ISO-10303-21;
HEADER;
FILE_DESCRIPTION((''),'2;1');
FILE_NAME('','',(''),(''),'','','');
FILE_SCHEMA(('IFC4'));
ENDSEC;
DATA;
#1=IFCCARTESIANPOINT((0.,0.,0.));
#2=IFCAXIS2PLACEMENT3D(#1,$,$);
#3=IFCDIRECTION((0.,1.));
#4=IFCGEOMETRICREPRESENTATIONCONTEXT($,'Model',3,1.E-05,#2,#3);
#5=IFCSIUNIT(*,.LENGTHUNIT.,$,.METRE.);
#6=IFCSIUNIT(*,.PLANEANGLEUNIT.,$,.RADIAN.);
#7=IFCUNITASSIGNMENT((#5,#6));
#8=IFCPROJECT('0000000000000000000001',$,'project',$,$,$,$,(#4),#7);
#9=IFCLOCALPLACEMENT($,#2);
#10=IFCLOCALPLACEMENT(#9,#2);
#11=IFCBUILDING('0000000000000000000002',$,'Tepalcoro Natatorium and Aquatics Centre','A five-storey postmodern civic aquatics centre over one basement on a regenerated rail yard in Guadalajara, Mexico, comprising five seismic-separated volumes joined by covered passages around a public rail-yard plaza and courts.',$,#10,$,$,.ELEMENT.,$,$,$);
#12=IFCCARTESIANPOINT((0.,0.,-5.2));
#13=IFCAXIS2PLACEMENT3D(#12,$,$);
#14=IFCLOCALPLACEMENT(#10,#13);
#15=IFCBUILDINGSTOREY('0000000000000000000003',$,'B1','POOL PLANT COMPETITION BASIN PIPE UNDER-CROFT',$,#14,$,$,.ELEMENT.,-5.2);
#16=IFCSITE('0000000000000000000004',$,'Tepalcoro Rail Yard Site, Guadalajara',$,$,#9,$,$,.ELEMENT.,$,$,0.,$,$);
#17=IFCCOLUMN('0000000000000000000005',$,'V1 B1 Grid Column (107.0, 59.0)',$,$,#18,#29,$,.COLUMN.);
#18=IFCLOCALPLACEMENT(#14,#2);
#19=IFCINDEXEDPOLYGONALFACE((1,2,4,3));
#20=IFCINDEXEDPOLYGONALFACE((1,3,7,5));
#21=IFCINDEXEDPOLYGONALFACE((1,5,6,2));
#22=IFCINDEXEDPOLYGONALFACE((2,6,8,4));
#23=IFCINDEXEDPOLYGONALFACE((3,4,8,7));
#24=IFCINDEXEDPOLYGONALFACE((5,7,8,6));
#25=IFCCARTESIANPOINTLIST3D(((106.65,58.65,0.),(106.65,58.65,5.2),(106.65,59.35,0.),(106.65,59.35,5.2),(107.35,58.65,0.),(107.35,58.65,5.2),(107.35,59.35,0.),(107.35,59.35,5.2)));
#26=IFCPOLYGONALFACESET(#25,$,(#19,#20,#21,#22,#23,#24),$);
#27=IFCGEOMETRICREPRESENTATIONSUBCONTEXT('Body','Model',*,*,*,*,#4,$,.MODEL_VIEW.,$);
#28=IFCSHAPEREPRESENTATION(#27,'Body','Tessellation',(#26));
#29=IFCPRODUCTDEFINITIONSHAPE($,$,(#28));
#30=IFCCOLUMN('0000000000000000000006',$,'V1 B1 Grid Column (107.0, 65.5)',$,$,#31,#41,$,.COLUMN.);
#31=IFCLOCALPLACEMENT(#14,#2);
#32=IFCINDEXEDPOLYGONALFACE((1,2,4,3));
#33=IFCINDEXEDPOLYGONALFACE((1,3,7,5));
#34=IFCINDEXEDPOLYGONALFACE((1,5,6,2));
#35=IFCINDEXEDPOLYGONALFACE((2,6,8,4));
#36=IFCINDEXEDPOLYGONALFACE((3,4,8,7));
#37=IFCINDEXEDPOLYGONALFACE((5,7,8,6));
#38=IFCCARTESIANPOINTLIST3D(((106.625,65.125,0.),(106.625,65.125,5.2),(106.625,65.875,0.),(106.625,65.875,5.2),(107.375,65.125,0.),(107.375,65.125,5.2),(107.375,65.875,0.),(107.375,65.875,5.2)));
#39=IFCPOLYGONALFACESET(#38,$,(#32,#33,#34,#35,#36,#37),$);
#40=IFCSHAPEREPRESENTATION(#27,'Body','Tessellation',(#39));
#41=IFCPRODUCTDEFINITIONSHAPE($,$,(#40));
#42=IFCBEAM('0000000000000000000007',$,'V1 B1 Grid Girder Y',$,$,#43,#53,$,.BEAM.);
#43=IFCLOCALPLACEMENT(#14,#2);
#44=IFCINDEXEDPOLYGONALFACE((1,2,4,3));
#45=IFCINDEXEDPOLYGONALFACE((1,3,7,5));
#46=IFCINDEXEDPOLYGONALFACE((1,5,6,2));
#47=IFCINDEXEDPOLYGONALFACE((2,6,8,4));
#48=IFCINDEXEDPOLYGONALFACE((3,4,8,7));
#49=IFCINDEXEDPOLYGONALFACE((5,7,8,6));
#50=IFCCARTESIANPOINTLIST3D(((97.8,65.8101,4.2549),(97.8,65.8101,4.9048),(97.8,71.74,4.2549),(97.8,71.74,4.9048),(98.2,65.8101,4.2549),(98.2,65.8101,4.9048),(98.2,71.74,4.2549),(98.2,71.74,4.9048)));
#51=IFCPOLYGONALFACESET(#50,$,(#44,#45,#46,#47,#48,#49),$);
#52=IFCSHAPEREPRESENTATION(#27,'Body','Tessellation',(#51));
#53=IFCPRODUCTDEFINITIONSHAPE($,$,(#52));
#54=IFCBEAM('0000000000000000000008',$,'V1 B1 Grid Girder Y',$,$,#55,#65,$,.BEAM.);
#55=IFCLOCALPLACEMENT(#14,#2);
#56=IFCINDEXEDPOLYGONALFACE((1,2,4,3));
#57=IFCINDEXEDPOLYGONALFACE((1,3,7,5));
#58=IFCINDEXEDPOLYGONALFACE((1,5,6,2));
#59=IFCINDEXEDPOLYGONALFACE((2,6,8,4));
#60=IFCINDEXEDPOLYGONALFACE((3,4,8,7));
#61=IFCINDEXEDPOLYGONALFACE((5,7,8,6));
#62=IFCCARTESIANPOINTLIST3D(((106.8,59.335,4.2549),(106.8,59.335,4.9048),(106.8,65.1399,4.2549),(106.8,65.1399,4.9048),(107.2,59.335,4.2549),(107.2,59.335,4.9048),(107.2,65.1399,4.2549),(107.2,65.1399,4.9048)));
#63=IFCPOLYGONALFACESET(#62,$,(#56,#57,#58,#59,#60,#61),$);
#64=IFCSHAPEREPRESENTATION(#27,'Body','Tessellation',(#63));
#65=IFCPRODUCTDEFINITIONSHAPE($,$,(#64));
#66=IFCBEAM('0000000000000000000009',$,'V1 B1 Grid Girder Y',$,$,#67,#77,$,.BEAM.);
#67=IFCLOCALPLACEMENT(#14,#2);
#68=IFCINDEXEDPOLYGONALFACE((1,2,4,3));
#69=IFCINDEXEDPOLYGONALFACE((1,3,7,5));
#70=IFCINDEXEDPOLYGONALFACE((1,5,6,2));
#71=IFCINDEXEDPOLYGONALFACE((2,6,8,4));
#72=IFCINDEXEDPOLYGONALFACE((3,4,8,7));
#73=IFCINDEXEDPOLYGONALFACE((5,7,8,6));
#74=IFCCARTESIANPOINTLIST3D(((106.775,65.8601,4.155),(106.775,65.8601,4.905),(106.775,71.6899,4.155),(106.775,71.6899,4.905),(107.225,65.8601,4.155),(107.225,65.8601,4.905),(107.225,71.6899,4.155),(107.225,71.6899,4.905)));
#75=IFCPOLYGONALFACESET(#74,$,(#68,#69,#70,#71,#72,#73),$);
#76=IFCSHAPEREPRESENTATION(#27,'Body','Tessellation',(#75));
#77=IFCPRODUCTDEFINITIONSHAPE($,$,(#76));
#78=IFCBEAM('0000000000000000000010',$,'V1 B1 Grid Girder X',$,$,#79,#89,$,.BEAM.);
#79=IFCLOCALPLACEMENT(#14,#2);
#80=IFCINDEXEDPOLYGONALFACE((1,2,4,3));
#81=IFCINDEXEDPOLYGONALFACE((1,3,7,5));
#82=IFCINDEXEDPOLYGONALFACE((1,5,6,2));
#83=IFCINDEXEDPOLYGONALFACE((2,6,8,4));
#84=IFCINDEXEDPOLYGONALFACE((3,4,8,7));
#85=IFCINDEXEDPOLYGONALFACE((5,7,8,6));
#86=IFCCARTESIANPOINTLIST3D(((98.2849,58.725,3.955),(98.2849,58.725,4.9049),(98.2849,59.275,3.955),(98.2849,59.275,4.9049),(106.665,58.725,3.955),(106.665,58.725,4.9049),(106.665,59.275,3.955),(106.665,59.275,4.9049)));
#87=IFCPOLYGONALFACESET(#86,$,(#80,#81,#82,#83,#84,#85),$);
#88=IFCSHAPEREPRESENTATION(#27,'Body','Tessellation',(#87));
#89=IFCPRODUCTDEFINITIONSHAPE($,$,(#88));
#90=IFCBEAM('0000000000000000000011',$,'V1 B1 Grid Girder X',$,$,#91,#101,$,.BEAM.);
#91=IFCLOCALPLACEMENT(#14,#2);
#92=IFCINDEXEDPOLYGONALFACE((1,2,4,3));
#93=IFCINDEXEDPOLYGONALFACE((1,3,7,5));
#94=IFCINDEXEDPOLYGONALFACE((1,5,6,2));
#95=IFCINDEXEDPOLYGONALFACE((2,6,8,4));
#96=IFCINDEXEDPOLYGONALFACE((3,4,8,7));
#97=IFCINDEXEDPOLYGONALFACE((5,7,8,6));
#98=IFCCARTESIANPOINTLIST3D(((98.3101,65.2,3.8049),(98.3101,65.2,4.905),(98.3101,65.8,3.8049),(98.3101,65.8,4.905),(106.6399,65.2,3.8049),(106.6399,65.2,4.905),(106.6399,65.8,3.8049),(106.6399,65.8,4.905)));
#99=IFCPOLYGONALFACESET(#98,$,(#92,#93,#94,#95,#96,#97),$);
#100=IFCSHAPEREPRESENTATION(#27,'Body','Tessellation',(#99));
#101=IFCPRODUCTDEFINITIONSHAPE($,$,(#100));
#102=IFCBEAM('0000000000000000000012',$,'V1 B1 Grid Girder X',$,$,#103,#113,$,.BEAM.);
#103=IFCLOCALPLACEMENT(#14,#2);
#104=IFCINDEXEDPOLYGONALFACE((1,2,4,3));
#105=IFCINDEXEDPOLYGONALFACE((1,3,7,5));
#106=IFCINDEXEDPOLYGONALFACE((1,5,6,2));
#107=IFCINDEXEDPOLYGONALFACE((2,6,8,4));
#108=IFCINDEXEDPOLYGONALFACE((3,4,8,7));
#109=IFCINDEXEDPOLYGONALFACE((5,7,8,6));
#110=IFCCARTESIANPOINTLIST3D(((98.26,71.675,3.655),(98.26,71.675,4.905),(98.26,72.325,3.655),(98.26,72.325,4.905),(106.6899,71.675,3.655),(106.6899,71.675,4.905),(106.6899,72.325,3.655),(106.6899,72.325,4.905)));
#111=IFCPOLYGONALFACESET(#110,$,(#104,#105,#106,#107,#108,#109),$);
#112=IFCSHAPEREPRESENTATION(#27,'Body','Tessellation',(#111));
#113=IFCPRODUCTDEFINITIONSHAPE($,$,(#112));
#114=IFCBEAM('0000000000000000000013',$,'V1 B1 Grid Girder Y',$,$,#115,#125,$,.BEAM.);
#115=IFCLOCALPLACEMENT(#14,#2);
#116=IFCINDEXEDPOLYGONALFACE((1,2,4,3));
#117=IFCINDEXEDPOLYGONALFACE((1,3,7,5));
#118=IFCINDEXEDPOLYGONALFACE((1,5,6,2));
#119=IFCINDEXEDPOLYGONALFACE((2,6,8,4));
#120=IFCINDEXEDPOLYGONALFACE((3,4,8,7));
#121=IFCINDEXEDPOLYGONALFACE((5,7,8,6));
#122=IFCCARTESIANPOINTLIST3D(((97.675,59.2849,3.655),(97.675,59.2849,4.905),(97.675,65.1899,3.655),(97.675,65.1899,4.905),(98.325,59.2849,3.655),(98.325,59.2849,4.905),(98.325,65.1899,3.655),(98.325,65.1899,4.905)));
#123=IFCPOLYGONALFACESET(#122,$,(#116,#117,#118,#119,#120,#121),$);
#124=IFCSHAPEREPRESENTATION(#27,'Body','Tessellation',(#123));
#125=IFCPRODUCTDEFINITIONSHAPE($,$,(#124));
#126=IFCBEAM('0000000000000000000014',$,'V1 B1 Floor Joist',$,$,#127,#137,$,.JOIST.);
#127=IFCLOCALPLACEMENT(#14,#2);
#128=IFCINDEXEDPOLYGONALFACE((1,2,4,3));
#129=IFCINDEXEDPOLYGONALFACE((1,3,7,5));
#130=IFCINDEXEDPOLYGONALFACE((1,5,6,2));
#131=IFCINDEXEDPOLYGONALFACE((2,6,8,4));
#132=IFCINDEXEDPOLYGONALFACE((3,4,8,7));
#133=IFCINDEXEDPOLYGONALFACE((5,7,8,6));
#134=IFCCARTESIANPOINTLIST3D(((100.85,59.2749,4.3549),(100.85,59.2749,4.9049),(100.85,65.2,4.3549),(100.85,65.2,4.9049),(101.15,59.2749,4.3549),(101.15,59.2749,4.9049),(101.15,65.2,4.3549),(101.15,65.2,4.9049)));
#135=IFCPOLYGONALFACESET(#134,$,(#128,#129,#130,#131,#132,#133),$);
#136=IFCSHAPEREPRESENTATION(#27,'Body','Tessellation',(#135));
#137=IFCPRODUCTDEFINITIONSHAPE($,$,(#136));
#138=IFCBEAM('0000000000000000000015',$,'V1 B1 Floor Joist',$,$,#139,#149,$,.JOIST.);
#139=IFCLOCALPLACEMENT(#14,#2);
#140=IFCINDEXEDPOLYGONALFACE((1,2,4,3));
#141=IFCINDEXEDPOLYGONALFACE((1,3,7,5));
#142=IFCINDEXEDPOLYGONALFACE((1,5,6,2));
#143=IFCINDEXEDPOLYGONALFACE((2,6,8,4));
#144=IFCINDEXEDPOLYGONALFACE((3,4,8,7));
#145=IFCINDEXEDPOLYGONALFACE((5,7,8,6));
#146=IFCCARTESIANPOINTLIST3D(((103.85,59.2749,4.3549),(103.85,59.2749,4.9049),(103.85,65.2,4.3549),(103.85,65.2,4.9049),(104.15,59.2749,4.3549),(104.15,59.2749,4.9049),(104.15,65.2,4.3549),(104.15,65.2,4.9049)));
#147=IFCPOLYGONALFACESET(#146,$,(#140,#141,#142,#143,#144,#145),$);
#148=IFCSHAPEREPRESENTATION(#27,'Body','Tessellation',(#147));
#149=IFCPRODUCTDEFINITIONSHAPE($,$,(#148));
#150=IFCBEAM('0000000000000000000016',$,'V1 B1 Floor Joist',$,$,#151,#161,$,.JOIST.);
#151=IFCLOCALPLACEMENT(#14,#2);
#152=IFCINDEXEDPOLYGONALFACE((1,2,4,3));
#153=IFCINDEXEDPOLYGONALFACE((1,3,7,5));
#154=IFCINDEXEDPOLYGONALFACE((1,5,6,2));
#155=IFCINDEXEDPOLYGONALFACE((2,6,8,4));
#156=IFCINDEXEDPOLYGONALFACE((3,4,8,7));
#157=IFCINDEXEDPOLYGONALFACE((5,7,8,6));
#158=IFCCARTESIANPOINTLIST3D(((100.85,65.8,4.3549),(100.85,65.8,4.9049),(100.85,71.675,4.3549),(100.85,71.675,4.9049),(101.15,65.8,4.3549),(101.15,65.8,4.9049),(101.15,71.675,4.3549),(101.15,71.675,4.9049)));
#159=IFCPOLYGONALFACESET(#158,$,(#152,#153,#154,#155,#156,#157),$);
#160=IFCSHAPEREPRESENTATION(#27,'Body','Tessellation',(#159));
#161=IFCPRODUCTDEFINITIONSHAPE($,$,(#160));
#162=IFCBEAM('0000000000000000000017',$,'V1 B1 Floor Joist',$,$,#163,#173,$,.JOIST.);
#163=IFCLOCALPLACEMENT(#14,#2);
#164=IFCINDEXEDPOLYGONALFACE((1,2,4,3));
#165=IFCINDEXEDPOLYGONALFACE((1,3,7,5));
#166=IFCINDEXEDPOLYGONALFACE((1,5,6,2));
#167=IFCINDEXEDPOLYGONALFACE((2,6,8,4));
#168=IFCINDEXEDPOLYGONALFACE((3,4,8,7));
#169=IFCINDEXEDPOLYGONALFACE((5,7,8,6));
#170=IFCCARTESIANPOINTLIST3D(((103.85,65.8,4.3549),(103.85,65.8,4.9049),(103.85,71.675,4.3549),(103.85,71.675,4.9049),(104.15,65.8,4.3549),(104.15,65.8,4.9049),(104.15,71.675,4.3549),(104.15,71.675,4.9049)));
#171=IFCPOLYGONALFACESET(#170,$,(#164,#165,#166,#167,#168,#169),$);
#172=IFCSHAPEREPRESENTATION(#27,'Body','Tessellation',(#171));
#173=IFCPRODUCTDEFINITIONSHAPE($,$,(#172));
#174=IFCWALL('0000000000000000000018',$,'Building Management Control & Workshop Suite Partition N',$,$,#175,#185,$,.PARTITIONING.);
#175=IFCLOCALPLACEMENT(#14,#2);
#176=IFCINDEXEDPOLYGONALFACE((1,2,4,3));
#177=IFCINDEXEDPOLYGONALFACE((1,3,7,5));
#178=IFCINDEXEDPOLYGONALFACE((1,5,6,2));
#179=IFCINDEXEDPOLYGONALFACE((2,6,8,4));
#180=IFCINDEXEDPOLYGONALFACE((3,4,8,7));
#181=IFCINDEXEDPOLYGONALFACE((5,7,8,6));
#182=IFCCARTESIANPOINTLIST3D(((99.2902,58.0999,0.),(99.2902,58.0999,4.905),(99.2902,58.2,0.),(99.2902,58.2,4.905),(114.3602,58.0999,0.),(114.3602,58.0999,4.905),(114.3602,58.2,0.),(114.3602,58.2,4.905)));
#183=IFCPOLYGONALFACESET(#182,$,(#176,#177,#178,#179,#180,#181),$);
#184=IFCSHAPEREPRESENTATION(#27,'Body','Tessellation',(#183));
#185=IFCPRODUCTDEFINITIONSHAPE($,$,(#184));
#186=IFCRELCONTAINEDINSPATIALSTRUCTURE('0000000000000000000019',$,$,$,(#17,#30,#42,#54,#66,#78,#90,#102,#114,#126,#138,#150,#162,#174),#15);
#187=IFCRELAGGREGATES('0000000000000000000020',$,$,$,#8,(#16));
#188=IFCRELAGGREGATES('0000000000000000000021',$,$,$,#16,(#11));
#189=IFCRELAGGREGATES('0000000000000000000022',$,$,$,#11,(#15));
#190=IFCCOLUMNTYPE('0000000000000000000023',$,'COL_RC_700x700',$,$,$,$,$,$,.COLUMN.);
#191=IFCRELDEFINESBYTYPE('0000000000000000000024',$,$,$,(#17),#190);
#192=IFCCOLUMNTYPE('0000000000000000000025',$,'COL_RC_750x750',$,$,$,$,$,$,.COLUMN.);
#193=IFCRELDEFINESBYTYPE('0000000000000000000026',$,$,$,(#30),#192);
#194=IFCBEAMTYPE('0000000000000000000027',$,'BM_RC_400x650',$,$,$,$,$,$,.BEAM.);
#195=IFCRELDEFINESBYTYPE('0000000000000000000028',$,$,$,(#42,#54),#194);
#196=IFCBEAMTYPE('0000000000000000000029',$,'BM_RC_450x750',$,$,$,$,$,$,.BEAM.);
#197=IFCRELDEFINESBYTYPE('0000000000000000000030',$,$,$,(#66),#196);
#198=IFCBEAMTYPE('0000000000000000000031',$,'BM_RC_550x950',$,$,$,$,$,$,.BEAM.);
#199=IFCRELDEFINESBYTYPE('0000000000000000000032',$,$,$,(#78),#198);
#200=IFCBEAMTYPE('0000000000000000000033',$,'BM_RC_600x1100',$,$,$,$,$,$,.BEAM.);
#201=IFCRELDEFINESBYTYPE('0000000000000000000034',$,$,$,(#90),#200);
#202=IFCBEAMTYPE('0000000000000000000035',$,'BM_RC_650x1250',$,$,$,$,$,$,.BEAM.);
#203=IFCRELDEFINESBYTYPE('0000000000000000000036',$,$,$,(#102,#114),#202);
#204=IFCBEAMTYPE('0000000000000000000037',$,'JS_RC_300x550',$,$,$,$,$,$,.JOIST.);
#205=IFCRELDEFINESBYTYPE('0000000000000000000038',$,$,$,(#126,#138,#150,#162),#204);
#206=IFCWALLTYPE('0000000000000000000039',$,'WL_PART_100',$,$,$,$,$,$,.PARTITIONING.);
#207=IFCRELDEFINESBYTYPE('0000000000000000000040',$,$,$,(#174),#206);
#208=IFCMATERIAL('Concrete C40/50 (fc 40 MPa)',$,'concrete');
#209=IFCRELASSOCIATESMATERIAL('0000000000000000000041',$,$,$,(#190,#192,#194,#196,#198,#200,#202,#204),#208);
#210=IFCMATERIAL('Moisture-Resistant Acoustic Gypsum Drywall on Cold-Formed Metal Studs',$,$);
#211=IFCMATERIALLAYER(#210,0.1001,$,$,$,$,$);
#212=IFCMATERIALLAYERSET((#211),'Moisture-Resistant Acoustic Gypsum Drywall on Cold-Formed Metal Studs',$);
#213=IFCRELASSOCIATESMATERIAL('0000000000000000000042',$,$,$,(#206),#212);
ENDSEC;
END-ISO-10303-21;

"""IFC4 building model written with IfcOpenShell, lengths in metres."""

from ifc_helpers import new_model, si_unit, direction, frame, frame_2d, origin, origin_2d, place, context, subcontext, project, spatial, rectangle, extrude, material, layer, layer_set, material_profile, profile_set, type_object, element, save


model = new_model("IFC4")

# Units and contexts
model_context = context("Model", 3, precision=1e-05, world=origin(), true_north=direction((0.0, 1.0)))
body_context = subcontext(model_context, "Body", "Model", "MODEL_VIEW")
ifc_project = project(units=[si_unit("LENGTHUNIT", "METRE"), si_unit("PLANEANGLEUNIT", "RADIAN")], contexts=[model_context])

# Site, building, storey
site_placement = place(None, origin())
site = spatial("IfcSite", under=ifc_project, at=site_placement, Name="Tepalcoro Rail Yard Site, Guadalajara", CompositionType="ELEMENT", RefElevation=0.0)
building_placement = place(site_placement, origin())
building = spatial("IfcBuilding", under=site, at=building_placement, Name="Tepalcoro Natatorium and Aquatics Centre", Description="A five-storey postmodern civic aquatics centre over one basement on a regenerated rail yard in Guadalajara, Mexico, comprising five seismic-separated volumes joined by covered passages around a public rail-yard plaza and courts.", CompositionType="ELEMENT")
storey_placement = place(building_placement, frame((0.0, 0.0, -5.2)))
storey = spatial("IfcBuildingStorey", under=building, at=storey_placement, Name="B1", Description="POOL PLANT COMPETITION BASIN PIPE UNDER-CROFT", CompositionType="ELEMENT", Elevation=-5.2)

# Shared definitions
ifc_material_1 = material(Name="Concrete C40/50 (fc 40 MPa)", Category="concrete")

# Columns
ifc_material_profile_1 = material_profile(ifc_material_1, rectangle(XDim=0.7, YDim=0.7, at=origin_2d()), Name="RC700x700")
ifc_profile_set_1 = profile_set([ifc_material_profile_1], Name="Concrete C40/50 (fc 40 MPa)")
column_type_1 = type_object("IfcColumnType", Name="COL_RC_700x700", PredefinedType="COLUMN", material=ifc_profile_set_1)
column_1_placement = place(storey_placement, frame((107.0, 59.0, 0.0), z_axis=(0.0, 0.0, 1.0), x_axis=(1.0, 0.0, 0.0)))
element("IfcColumn", 1, at=column_1_placement, inside=storey, type_object=column_type_1, Name="V1 B1 Grid Column (107.0, 59.0)", PredefinedType="COLUMN", context=body_context, shape_type="SweptSolid", body=[
    extrude(rectangle(XDim=0.7, YDim=0.7, at=origin_2d()), origin(), (0.0, 0.0, 1.0), 5.2),
])
ifc_material_profile_2 = material_profile(ifc_material_1, rectangle(XDim=0.75, YDim=0.75, at=origin_2d()), Name="RC750x750")
ifc_profile_set_2 = profile_set([ifc_material_profile_2], Name="Concrete C40/50 (fc 40 MPa)")
column_type_2 = type_object("IfcColumnType", Name="COL_RC_750x750", PredefinedType="COLUMN", material=ifc_profile_set_2)
column_2_placement = place(storey_placement, frame((107.0, 65.5, 0.0), z_axis=(0.0, 0.0, 1.0), x_axis=(1.0, 0.0, 0.0)))
element("IfcColumn", 2, at=column_2_placement, inside=storey, type_object=column_type_2, Name="V1 B1 Grid Column (107.0, 65.5)", PredefinedType="COLUMN", context=body_context, shape_type="SweptSolid", body=[
    extrude(rectangle(XDim=0.75, YDim=0.75, at=origin_2d()), origin(), (0.0, 0.0, 1.0), 5.2),
])

# Beams
ifc_material_profile_3 = material_profile(ifc_material_1, rectangle(XDim=0.3999, YDim=0.6499, at=origin_2d()), Name="RCB400x650")
ifc_profile_set_3 = profile_set([ifc_material_profile_3], Name="Concrete C40/50 (fc 40 MPa)")
beam_type_1 = type_object("IfcBeamType", Name="BM_RC_400x650", PredefinedType="BEAM", material=ifc_profile_set_3)
beam_1_placement = place(storey_placement, frame((98.0, 65.8101, 4.5798), z_axis=(0.0, 1.0, 0.0), x_axis=(-1.0, 0.0, 0.0)))
element("IfcBeam", 3, at=beam_1_placement, inside=storey, type_object=beam_type_1, Name="V1 B1 Grid Girder Y", PredefinedType="BEAM", context=body_context, shape_type="SweptSolid", body=[
    extrude(rectangle(XDim=0.3999, YDim=0.6499, at=origin_2d()), origin(), (0.0, 0.0, 1.0), 5.9299),
])
beam_2_placement = place(storey_placement, frame((107.0, 59.335, 4.5798), z_axis=(0.0, 1.0, 0.0), x_axis=(-1.0, 0.0, 0.0)))
element("IfcBeam", 4, at=beam_2_placement, inside=storey, type_object=beam_type_1, Name="V1 B1 Grid Girder Y", PredefinedType="BEAM", context=body_context, shape_type="SweptSolid", body=[
    extrude(rectangle(XDim=0.3999, YDim=0.6499, at=origin_2d()), origin(), (0.0, 0.0, 1.0), 5.8049),
])
ifc_material_profile_4 = material_profile(ifc_material_1, rectangle(XDim=0.45, YDim=0.75, at=origin_2d()), Name="RCB450x750")
ifc_profile_set_4 = profile_set([ifc_material_profile_4], Name="Concrete C40/50 (fc 40 MPa)")
beam_type_2 = type_object("IfcBeamType", Name="BM_RC_450x750", PredefinedType="BEAM", material=ifc_profile_set_4)
beam_3_placement = place(storey_placement, frame((107.0, 65.8601, 4.53), z_axis=(0.0, 1.0, 0.0), x_axis=(-1.0, 0.0, 0.0)))
element("IfcBeam", 5, at=beam_3_placement, inside=storey, type_object=beam_type_2, Name="V1 B1 Grid Girder Y", PredefinedType="BEAM", context=body_context, shape_type="SweptSolid", body=[
    extrude(rectangle(XDim=0.45, YDim=0.75, at=origin_2d()), origin(), (0.0, 0.0, 1.0), 5.8298),
])
ifc_material_profile_5 = material_profile(ifc_material_1, rectangle(XDim=0.55, YDim=0.95, at=origin_2d()), Name="RCB550x950")
ifc_profile_set_5 = profile_set([ifc_material_profile_5], Name="Concrete C40/50 (fc 40 MPa)")
beam_type_3 = type_object("IfcBeamType", Name="BM_RC_550x950", PredefinedType="BEAM", material=ifc_profile_set_5)
beam_4_placement = place(storey_placement, frame((98.2849, 59.0, 4.4299), z_axis=(1.0, 0.0, 0.0), x_axis=(0.0, 1.0, 0.0)))
element("IfcBeam", 6, at=beam_4_placement, inside=storey, type_object=beam_type_3, Name="V1 B1 Grid Girder X", PredefinedType="BEAM", context=body_context, shape_type="SweptSolid", body=[
    extrude(rectangle(XDim=0.55, YDim=0.95, at=origin_2d()), origin(), (0.0, 0.0, 1.0), 8.3801),
])
ifc_material_profile_6 = material_profile(ifc_material_1, rectangle(XDim=0.6001, YDim=1.1001, at=origin_2d()), Name="RCB600x1100")
ifc_profile_set_6 = profile_set([ifc_material_profile_6], Name="Concrete C40/50 (fc 40 MPa)")
beam_type_4 = type_object("IfcBeamType", Name="BM_RC_600x1100", PredefinedType="BEAM", material=ifc_profile_set_6)
beam_5_placement = place(storey_placement, frame((98.3101, 65.5, 4.355), z_axis=(1.0, 0.0, 0.0), x_axis=(0.0, 1.0, 0.0)))
element("IfcBeam", 7, at=beam_5_placement, inside=storey, type_object=beam_type_4, Name="V1 B1 Grid Girder X", PredefinedType="BEAM", context=body_context, shape_type="SweptSolid", body=[
    extrude(rectangle(XDim=0.6001, YDim=1.1001, at=origin_2d()), origin(), (0.0, 0.0, 1.0), 8.3298),
])
ifc_material_profile_7 = material_profile(ifc_material_1, rectangle(XDim=0.6499, YDim=1.25, at=origin_2d()), Name="RCB650x1250")
ifc_profile_set_7 = profile_set([ifc_material_profile_7], Name="Concrete C40/50 (fc 40 MPa)")
beam_type_5 = type_object("IfcBeamType", Name="BM_RC_650x1250", PredefinedType="BEAM", material=ifc_profile_set_7)
beam_6_placement = place(storey_placement, frame((98.26, 72.0, 4.28), z_axis=(1.0, 0.0, 0.0), x_axis=(0.0, 1.0, 0.0)))
element("IfcBeam", 8, at=beam_6_placement, inside=storey, type_object=beam_type_5, Name="V1 B1 Grid Girder X", PredefinedType="BEAM", context=body_context, shape_type="SweptSolid", body=[
    extrude(rectangle(XDim=0.6499, YDim=1.25, at=origin_2d()), origin(), (0.0, 0.0, 1.0), 8.4299),
])
beam_7_placement = place(storey_placement, frame((98.0, 59.2849, 4.28), z_axis=(0.0, 1.0, 0.0), x_axis=(-1.0, 0.0, 0.0)))
element("IfcBeam", 9, at=beam_7_placement, inside=storey, type_object=beam_type_5, Name="V1 B1 Grid Girder Y", PredefinedType="BEAM", context=body_context, shape_type="SweptSolid", body=[
    extrude(rectangle(XDim=0.6499, YDim=1.25, at=origin_2d()), origin(), (0.0, 0.0, 1.0), 5.905),
])
ifc_material_profile_8 = material_profile(ifc_material_1, rectangle(XDim=0.3, YDim=0.55, at=origin_2d()), Name="RCJ300x550")
ifc_profile_set_8 = profile_set([ifc_material_profile_8], Name="Concrete C40/50 (fc 40 MPa)")
beam_type_6 = type_object("IfcBeamType", Name="JS_RC_300x550", PredefinedType="JOIST", material=ifc_profile_set_8)
for number, where, z_axis, x_axis, name in (
    (10, (101.0, 59.2749, 4.6299), (0.0, 1.0, 0.0), (-1.0, 0.0, 0.0), "V1 B1 Floor Joist"),
    (11, (104.0, 59.2749, 4.6299), (0.0, 1.0, 0.0), (-1.0, 0.0, 0.0), "V1 B1 Floor Joist"),
):
    element("IfcBeam", number, at=place(storey_placement, frame(where, z_axis=z_axis, x_axis=x_axis)), inside=storey, type_object=beam_type_6, Name=name, PredefinedType="JOIST", context=body_context, shape_type="SweptSolid", body=[
        extrude(rectangle(XDim=0.3, YDim=0.55, at=origin_2d()), origin(), (0.0, 0.0, 1.0), 5.925),
    ])
for number, where, z_axis, x_axis, name in (
    (12, (101.0, 65.8, 4.6299), (0.0, 1.0, 0.0), (-1.0, 0.0, 0.0), "V1 B1 Floor Joist"),
    (13, (104.0, 65.8, 4.6299), (0.0, 1.0, 0.0), (-1.0, 0.0, 0.0), "V1 B1 Floor Joist"),
):
    element("IfcBeam", number, at=place(storey_placement, frame(where, z_axis=z_axis, x_axis=x_axis)), inside=storey, type_object=beam_type_6, Name=name, PredefinedType="JOIST", context=body_context, shape_type="SweptSolid", body=[
        extrude(rectangle(XDim=0.3, YDim=0.55, at=origin_2d()), origin(), (0.0, 0.0, 1.0), 5.875),
    ])

# Wall
ifc_material_2 = material(Name="Moisture-Resistant Acoustic Gypsum Drywall on Cold-Formed Metal Studs")
ifc_layer = layer(ifc_material_2, 0.1001)
ifc_layer_set = layer_set([ifc_layer], Name="Moisture-Resistant Acoustic Gypsum Drywall on Cold-Formed Metal Studs")
wall_type = type_object("IfcWallType", Name="WL_PART_100", PredefinedType="PARTITIONING", material=ifc_layer_set)
wall_placement = place(storey_placement, frame((99.29, 58.1499, 0.0), z_axis=(0.0, 0.0, 1.0), x_axis=(1.0, 0.0, 0.0)))
element("IfcWall", 14, at=wall_placement, inside=storey, type_object=wall_type, Name="Building Management Control & Workshop Suite Partition N", PredefinedType="PARTITIONING", context=body_context, shape_type="SweptSolid", body=[
    extrude(rectangle(XDim=15.0701, YDim=0.1001, at=frame_2d((7.5352, 0.0))), origin(), (0.0, 0.0, 1.0), 4.905),
])

save(model, "model.ifc")
